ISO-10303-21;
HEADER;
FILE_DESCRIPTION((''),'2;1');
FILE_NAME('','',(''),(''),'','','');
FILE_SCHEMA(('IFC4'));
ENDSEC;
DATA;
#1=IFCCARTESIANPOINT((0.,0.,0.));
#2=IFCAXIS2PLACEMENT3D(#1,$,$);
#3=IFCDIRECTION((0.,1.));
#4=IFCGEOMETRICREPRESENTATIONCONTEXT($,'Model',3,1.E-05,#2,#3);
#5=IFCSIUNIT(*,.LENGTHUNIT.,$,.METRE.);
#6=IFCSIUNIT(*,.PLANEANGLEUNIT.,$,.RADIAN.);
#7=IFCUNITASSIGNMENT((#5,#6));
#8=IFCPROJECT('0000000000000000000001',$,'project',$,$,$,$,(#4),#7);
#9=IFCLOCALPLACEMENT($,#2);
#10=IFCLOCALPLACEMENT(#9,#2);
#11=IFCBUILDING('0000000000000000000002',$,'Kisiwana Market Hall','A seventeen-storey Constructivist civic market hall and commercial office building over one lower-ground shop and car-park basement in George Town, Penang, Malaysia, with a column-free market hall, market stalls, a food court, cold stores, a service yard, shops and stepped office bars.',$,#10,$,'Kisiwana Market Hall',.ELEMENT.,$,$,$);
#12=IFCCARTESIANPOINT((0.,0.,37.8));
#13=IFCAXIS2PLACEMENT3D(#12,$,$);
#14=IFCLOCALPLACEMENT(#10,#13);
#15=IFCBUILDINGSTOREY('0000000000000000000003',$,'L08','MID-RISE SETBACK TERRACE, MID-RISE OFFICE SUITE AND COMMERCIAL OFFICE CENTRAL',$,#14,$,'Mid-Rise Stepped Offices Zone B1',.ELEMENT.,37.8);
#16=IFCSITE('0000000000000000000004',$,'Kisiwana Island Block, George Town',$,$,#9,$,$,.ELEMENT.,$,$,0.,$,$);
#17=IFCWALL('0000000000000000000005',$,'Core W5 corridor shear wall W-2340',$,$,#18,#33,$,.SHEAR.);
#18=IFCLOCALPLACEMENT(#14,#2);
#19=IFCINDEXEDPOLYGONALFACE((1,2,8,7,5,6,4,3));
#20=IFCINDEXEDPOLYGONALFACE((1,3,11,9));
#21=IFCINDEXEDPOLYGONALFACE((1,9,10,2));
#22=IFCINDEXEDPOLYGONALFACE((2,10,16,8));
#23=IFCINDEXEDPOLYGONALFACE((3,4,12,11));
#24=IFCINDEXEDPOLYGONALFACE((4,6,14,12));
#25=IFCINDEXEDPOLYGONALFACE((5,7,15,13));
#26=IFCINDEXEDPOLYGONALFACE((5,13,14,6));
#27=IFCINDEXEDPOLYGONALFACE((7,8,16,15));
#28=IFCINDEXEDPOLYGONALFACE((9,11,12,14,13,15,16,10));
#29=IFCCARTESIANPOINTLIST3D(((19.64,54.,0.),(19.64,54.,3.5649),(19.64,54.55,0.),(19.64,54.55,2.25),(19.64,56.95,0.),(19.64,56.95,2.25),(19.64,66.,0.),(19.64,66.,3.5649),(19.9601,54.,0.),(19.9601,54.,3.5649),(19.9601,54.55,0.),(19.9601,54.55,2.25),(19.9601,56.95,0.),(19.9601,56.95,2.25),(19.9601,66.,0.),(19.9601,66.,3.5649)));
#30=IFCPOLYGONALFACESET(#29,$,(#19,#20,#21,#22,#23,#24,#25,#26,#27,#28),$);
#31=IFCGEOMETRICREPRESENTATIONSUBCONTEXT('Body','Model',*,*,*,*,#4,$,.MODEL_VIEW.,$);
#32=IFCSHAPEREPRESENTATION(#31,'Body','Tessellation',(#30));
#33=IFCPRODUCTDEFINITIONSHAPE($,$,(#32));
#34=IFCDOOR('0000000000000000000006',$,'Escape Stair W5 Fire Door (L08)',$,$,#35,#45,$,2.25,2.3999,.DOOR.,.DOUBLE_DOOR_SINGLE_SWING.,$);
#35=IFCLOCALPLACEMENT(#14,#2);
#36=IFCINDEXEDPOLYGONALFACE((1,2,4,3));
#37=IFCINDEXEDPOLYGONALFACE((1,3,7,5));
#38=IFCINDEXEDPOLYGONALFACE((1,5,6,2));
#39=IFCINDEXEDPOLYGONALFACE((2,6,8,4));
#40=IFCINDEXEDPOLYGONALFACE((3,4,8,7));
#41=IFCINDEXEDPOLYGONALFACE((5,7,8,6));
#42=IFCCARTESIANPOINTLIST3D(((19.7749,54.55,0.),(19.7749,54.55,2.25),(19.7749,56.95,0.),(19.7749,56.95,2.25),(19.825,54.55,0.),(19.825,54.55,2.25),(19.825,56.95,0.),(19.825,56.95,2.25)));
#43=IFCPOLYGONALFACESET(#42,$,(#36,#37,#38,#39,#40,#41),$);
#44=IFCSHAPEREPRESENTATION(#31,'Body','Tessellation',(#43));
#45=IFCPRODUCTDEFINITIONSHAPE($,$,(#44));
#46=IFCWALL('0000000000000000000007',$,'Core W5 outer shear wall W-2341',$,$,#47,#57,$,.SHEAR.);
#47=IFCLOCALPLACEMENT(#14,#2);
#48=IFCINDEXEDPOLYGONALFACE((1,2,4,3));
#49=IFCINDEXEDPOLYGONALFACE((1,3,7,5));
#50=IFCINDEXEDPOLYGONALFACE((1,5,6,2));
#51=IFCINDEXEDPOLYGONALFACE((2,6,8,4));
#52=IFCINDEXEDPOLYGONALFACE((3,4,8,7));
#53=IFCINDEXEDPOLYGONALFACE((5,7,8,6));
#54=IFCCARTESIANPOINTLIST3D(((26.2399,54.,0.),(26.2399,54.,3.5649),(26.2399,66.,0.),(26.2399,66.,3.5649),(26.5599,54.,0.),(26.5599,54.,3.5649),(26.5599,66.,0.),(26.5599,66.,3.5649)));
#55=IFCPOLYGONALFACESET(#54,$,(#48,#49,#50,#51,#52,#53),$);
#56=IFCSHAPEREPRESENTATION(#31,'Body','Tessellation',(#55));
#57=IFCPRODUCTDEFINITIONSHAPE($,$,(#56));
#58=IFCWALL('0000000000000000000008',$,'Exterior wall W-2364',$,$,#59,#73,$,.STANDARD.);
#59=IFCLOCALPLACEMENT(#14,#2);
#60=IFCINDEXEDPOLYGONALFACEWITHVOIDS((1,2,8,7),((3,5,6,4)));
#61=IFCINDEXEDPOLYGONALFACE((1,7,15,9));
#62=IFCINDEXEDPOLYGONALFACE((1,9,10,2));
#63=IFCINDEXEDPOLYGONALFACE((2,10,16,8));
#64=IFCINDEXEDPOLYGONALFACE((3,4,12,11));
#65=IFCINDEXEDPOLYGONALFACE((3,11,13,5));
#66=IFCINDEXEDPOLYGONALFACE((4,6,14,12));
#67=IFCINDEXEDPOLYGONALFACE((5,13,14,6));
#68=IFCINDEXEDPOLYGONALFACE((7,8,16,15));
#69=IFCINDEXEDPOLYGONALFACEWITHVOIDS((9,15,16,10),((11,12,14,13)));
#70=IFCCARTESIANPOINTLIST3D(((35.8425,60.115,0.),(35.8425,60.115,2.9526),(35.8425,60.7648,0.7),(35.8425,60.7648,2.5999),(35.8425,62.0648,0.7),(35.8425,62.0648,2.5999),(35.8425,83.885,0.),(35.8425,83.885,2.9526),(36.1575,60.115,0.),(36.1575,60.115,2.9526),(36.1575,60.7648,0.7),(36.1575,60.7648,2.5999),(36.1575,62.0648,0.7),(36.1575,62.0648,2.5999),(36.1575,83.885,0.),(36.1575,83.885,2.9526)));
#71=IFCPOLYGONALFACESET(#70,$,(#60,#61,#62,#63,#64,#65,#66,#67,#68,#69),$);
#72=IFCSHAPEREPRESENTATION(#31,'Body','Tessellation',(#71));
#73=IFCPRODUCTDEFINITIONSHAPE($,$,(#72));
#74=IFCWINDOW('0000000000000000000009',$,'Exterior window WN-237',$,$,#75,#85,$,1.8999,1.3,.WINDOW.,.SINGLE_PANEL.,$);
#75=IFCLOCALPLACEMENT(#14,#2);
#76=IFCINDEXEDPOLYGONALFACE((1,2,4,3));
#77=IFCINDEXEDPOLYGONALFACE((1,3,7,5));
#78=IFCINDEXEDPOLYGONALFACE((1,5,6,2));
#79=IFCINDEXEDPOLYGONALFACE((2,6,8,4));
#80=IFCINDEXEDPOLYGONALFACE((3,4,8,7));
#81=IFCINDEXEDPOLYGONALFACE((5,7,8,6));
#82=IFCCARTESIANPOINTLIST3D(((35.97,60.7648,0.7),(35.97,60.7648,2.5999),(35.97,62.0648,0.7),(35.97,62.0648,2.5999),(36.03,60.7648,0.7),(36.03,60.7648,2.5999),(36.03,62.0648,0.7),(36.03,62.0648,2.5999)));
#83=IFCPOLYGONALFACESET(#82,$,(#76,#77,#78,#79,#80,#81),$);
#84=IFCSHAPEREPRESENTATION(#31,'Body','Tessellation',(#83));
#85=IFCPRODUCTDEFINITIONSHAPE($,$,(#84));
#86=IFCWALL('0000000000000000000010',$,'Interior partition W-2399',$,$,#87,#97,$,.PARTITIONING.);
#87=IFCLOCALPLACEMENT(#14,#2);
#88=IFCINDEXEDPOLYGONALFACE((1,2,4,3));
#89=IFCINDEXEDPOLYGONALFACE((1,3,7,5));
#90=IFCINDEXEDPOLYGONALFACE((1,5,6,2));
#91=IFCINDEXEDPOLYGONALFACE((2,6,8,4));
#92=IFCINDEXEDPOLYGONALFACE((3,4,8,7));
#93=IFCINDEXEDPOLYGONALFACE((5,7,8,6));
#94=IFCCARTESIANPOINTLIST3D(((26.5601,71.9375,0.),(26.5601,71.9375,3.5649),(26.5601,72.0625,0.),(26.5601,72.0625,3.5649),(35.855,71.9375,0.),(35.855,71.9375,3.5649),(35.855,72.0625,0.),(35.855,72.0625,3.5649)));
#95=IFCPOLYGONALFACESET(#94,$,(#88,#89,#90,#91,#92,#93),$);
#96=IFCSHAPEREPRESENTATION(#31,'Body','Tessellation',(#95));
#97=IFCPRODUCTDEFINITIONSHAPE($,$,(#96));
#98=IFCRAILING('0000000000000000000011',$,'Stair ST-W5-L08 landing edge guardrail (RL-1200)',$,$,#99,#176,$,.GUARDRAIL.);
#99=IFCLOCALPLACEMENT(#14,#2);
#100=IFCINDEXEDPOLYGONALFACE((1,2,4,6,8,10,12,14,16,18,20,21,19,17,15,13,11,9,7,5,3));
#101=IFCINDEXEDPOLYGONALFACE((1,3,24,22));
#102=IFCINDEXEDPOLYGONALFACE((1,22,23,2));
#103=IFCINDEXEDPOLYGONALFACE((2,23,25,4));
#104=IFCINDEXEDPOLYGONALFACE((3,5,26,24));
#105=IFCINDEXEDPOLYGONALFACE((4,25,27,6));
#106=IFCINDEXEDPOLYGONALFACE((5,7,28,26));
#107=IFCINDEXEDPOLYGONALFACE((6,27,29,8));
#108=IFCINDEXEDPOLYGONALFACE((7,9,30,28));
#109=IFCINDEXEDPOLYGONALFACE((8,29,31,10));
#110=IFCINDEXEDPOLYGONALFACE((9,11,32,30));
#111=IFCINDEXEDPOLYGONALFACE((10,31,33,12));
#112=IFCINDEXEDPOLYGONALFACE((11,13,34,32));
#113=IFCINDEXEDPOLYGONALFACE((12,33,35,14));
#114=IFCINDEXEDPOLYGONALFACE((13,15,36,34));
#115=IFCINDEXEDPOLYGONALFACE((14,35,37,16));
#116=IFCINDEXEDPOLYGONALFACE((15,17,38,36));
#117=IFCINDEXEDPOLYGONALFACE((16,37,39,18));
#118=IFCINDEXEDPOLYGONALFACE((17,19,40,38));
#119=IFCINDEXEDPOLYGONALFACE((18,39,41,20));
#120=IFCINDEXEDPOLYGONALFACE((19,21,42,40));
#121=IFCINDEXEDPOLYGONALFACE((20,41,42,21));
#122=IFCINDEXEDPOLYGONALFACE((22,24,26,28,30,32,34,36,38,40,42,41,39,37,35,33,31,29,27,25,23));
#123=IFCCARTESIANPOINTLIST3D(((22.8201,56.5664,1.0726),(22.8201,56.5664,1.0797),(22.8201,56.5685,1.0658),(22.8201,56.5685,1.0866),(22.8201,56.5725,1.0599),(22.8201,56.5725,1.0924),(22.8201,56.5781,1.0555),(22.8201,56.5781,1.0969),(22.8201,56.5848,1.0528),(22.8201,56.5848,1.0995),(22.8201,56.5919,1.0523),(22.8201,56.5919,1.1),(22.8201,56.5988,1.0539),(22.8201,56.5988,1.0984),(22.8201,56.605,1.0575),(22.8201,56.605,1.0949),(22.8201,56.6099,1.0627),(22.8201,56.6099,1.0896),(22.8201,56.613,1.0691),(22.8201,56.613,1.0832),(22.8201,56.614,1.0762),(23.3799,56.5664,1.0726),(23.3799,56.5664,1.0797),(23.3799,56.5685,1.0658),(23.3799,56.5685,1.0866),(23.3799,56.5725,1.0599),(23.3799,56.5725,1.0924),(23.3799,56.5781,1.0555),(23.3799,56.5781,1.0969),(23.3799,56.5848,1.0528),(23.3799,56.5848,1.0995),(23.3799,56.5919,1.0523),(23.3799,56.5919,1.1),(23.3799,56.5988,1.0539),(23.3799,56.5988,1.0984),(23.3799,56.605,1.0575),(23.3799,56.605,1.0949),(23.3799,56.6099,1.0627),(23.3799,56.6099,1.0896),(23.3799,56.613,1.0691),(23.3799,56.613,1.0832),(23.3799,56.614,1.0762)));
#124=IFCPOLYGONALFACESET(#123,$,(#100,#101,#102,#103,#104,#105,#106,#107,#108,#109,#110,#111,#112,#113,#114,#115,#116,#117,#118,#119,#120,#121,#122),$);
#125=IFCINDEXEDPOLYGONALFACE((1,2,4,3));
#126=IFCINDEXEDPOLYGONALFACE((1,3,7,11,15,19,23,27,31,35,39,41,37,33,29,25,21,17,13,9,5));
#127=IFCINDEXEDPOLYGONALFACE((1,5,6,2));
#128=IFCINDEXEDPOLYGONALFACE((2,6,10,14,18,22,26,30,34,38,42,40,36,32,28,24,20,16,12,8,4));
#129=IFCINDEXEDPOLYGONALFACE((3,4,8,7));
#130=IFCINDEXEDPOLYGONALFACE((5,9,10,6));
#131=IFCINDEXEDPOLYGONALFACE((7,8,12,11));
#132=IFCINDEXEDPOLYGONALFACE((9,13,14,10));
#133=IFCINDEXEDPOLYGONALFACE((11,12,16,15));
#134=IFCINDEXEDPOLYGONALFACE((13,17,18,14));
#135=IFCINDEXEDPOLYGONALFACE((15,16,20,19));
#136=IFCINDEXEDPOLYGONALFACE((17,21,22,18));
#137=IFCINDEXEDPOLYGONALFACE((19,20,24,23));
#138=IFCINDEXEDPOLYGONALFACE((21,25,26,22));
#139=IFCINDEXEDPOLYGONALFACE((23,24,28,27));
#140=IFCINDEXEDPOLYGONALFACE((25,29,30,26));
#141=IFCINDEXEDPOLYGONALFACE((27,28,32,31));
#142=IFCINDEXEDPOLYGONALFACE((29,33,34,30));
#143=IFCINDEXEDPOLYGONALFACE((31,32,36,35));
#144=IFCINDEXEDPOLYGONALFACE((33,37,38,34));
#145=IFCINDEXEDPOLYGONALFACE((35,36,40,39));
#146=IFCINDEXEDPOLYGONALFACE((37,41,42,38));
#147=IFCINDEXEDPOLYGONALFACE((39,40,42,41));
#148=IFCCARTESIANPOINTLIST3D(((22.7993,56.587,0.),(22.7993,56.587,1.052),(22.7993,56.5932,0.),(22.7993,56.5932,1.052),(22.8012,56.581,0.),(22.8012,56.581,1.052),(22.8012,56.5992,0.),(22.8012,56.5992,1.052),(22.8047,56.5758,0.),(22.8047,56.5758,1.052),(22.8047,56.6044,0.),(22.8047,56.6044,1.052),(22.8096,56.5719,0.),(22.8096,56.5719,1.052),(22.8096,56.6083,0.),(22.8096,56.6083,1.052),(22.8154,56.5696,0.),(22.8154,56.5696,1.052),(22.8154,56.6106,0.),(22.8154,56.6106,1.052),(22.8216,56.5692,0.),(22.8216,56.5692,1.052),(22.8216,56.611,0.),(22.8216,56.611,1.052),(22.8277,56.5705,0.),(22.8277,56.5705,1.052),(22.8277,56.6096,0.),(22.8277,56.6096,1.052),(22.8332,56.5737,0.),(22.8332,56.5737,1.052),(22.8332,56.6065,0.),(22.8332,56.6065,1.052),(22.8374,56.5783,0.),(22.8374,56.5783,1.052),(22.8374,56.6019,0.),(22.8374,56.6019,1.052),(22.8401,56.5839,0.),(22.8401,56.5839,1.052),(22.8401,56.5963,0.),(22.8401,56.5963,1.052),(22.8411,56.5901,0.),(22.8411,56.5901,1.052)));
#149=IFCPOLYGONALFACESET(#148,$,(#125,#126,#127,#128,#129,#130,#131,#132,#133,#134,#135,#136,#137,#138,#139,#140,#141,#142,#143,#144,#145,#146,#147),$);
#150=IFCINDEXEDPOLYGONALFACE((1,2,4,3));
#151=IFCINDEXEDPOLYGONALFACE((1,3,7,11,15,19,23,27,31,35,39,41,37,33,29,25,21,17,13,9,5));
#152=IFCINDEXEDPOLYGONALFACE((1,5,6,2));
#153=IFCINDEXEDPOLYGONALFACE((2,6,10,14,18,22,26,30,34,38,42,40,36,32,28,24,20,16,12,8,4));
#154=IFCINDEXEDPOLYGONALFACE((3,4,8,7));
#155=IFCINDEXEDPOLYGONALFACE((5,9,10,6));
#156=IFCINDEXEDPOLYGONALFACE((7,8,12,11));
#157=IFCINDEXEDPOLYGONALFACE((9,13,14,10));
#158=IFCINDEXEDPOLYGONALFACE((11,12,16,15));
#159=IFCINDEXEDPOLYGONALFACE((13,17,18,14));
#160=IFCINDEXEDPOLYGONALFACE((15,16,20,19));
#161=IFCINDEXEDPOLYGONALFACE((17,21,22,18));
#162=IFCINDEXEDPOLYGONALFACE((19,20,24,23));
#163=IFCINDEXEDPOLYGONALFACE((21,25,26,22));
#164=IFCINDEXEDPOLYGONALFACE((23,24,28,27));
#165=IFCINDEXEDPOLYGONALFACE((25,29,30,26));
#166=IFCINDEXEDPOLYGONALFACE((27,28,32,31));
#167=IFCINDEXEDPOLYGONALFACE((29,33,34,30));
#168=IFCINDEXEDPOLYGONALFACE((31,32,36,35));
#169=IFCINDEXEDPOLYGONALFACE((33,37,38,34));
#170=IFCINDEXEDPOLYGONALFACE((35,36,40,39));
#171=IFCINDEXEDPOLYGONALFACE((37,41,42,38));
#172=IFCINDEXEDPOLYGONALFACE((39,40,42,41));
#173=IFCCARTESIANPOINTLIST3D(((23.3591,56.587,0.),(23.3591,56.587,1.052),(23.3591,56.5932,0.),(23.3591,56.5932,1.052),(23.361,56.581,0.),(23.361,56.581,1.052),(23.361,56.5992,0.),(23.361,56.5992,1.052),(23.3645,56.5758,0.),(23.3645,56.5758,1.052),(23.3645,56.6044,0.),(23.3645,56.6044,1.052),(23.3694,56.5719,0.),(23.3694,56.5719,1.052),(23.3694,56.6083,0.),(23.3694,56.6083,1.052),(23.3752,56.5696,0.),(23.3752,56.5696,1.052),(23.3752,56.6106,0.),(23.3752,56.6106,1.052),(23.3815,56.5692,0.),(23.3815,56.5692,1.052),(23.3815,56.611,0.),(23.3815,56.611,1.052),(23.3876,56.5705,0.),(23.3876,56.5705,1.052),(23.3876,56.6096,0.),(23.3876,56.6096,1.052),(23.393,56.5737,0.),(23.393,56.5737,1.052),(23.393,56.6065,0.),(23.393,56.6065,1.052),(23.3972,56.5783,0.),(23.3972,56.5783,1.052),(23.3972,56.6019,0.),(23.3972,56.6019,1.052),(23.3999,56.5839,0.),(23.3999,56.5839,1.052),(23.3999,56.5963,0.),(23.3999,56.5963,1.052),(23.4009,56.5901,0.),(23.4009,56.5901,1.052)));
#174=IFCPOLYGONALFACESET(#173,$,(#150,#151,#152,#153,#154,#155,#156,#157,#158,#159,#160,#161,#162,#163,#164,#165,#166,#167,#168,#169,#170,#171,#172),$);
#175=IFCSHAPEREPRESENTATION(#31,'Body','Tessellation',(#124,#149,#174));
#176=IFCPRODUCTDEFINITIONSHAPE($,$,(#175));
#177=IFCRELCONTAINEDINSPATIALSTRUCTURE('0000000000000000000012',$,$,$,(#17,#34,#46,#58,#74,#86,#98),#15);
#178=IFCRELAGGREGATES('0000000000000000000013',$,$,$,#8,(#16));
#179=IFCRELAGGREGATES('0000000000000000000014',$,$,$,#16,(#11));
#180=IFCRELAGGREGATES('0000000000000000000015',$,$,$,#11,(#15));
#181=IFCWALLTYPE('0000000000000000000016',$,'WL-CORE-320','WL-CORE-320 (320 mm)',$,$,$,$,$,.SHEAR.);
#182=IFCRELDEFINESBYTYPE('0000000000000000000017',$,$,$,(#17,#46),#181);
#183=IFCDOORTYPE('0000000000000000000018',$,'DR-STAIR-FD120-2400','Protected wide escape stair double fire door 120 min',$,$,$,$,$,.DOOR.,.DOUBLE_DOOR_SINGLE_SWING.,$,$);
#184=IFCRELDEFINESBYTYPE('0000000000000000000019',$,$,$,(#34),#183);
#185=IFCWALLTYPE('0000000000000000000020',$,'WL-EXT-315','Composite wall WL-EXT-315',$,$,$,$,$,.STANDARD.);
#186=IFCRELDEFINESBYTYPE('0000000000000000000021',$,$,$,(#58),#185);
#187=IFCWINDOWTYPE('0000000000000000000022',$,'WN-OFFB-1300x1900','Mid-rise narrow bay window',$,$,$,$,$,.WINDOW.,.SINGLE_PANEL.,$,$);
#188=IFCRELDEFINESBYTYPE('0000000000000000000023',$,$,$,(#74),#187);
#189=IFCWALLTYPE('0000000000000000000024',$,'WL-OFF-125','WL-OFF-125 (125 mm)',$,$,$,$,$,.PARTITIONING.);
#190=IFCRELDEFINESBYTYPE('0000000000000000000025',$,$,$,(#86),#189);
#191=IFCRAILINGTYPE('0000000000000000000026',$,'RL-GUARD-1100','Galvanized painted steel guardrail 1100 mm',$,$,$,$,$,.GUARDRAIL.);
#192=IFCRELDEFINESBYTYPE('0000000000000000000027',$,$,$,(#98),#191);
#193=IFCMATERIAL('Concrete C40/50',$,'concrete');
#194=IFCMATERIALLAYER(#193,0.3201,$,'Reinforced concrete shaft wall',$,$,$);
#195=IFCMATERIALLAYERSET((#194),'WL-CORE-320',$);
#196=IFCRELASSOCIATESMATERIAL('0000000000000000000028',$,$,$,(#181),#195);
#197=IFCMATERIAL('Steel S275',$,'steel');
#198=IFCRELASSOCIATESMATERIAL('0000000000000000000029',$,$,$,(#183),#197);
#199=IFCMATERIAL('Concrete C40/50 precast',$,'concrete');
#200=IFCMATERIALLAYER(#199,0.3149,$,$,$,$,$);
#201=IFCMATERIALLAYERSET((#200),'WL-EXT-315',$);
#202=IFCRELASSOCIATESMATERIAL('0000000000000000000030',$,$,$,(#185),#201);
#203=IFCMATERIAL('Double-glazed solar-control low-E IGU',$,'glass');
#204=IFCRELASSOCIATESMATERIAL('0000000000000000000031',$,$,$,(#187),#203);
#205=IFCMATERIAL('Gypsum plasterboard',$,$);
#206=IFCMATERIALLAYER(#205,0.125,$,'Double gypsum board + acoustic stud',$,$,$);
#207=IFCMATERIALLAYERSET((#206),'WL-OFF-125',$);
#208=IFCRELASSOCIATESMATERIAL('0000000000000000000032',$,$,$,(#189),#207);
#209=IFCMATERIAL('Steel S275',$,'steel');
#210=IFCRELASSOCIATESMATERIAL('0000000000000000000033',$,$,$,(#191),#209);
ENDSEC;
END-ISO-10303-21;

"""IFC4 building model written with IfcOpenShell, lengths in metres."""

from ifc_helpers import new_model, si_unit, direction, frame, frame_2d, origin, origin_2d, place, context, subcontext, project, spatial, rectangle, circle, extrude, material, layer, layer_set, type_object, element, fill, save


model = new_model("IFC4")

# Units and contexts
model_context = context("Model", 3, precision=1e-05, world=origin(), true_north=direction((0.0, 1.0)))
body_context = subcontext(model_context, "Body", "Model", "MODEL_VIEW")
ifc_project = project(units=[si_unit("LENGTHUNIT", "METRE"), si_unit("PLANEANGLEUNIT", "RADIAN")], contexts=[model_context])

# Site, building, storey
site_placement = place(None, origin())
site = spatial("IfcSite", under=ifc_project, at=site_placement, Name="Kisiwana Island Block, George Town", CompositionType="ELEMENT", RefElevation=0.0)
building_placement = place(site_placement, origin())
building = spatial("IfcBuilding", under=site, at=building_placement, Name="Kisiwana Market Hall", Description="A seventeen-storey Constructivist civic market hall and commercial office building over one lower-ground shop and car-park basement in George Town, Penang, Malaysia, with a column-free market hall, market stalls, a food court, cold stores, a service yard, shops and stepped office bars.", LongName="Kisiwana Market Hall", CompositionType="ELEMENT")
storey_placement = place(building_placement, frame((0.0, 0.0, 37.8)))
storey = spatial("IfcBuildingStorey", under=building, at=storey_placement, Name="L08", Description="MID-RISE SETBACK TERRACE, MID-RISE OFFICE SUITE AND COMMERCIAL OFFICE CENTRAL", LongName="Mid-Rise Stepped Offices Zone B1", CompositionType="ELEMENT", Elevation=37.8)

# Shared definitions
ifc_material_1 = material(Name="Concrete C40/50", Category="concrete")
ifc_layer_1 = layer(ifc_material_1, 0.3201, Name="Reinforced concrete shaft wall")
ifc_layer_set_1 = layer_set([ifc_layer_1], Name="WL-CORE-320")
wall_type_1 = type_object("IfcWallType", Name="WL-CORE-320", Description="WL-CORE-320 (320 mm)", PredefinedType="SHEAR", material=ifc_layer_set_1)

# Shared definitions
ifc_material_2 = material(Name="Steel S275", Category="steel")
door_type = type_object("IfcDoorType", Name="DR-STAIR-FD120-2400", Description="Protected wide escape stair double fire door 120 min", OperationType="DOUBLE_DOOR_SINGLE_SWING", PredefinedType="DOOR", material=ifc_material_2)

# Wall, opening, door
wall_1_placement = place(storey_placement, frame((19.8, 54.0, 0.0), z_axis=(0.0, 0.0, 1.0), x_axis=(0.0, 1.0, 0.0)))
wall_1 = element("IfcWall", 1, at=wall_1_placement, inside=storey, type_object=wall_type_1, Name="Core W5 corridor shear wall W-2340", PredefinedType="SHEAR", context=body_context, shape_type="SweptSolid", body=[
    extrude(rectangle(XDim=12.0, YDim=0.3201, at=frame_2d((6.0, 0.0))), origin(), (0.0, 0.0, 1.0), 3.5649),
])
opening_1_placement = place(wall_1_placement, frame((0.55, 0.0, 0.0)))
opening_1 = element("IfcOpeningElement", 2, at=opening_1_placement, cuts=wall_1, PredefinedType="OPENING", context=body_context, shape_type="SweptSolid", body=[
    extrude(rectangle(XDim=2.3999, YDim=2.25, at=frame_2d((1.2, 1.125))), frame((0.0, 0.1719, 0.0), z_axis=(0.0, -1.0, 0.0), x_axis=(1.0, 0.0, 0.0)), (0.0, 0.0, 1.0), 0.344),
])
door_1_placement = place(opening_1_placement, frame((2.3999, 0.0, 0.0), z_axis=(0.0, 0.0, 1.0), x_axis=(-1.0, 0.0, 0.0)))
door_1 = element("IfcDoor", 3, at=door_1_placement, inside=storey, type_object=door_type, Name="Escape Stair W5 Fire Door (L08)", OperationType="DOUBLE_DOOR_SINGLE_SWING", OverallHeight=2.25, OverallWidth=2.3999, PredefinedType="DOOR", context=body_context, shape_type="SweptSolid", body=[
    extrude(rectangle(XDim=2.3999, YDim=2.25, at=frame_2d((1.2, 1.125))), frame((0.0, 0.0249, 0.0), z_axis=(0.0, -1.0, 0.0), x_axis=(1.0, 0.0, 0.0)), (0.0, 0.0, 1.0), 0.05),
])
fill(opening_1, door_1)

# Wall
wall_2_placement = place(storey_placement, frame((26.3999, 54.0, 0.0), z_axis=(0.0, 0.0, 1.0), x_axis=(0.0, 1.0, 0.0)))
element("IfcWall", 4, at=wall_2_placement, inside=storey, type_object=wall_type_1, Name="Core W5 outer shear wall W-2341", PredefinedType="SHEAR", context=body_context, shape_type="SweptSolid", body=[
    extrude(rectangle(XDim=12.0, YDim=0.3201, at=frame_2d((6.0, 0.0))), origin(), (0.0, 0.0, 1.0), 3.5649),
])

# Wall, opening, window
ifc_material_3 = material(Name="Concrete C40/50 precast", Category="concrete")
ifc_layer_2 = layer(ifc_material_3, 0.3149)
ifc_layer_set_2 = layer_set([ifc_layer_2], Name="WL-EXT-315")
wall_type_2 = type_object("IfcWallType", Name="WL-EXT-315", Description="Composite wall WL-EXT-315", PredefinedType="STANDARD", material=ifc_layer_set_2)
wall_3_placement = place(storey_placement, frame((36.0, 60.115, 0.0), z_axis=(0.0, 0.0, 1.0), x_axis=(0.0, 1.0, 0.0)))
wall_3 = element("IfcWall", 5, at=wall_3_placement, inside=storey, type_object=wall_type_2, Name="Exterior wall W-2364", PredefinedType="STANDARD", context=body_context, shape_type="SweptSolid", body=[
    extrude(rectangle(XDim=23.77, YDim=0.3149, at=frame_2d((11.885, 0.0))), origin(), (0.0, 0.0, 1.0), 2.9526),
])
opening_2_placement = place(wall_3_placement, frame((0.6499, 0.0, 0.7)))
opening_2 = element("IfcOpeningElement", 6, at=opening_2_placement, cuts=wall_3, PredefinedType="OPENING", context=body_context, shape_type="SweptSolid", body=[
    extrude(rectangle(XDim=1.3, YDim=1.8999, at=frame_2d((0.6499, 0.95))), frame((0.0, 0.1694, 0.0), z_axis=(0.0, -1.0, 0.0), x_axis=(1.0, 0.0, 0.0)), (0.0, 0.0, 1.0), 0.3389),
])
ifc_material_4 = material(Name="Double-glazed solar-control low-E IGU", Category="glass")
window_type = type_object("IfcWindowType", Name="WN-OFFB-1300x1900", Description="Mid-rise narrow bay window", PartitioningType="SINGLE_PANEL", PredefinedType="WINDOW", material=ifc_material_4)
window_placement = place(opening_2_placement, origin())
window = element("IfcWindow", 7, at=window_placement, inside=storey, type_object=window_type, Name="Exterior window WN-237", OverallHeight=1.8999, OverallWidth=1.3, PartitioningType="SINGLE_PANEL", PredefinedType="WINDOW", context=body_context, shape_type="SweptSolid", body=[
    extrude(rectangle(XDim=1.3, YDim=1.8999, at=frame_2d((0.6499, 0.95))), frame((0.0, 0.03, 0.0), z_axis=(0.0, -1.0, 0.0), x_axis=(1.0, 0.0, 0.0)), (0.0, 0.0, 1.0), 0.0601),
])
fill(opening_2, window)

# Wall
ifc_material_5 = material(Name="Gypsum plasterboard")
ifc_layer_3 = layer(ifc_material_5, 0.125, Name="Double gypsum board + acoustic stud")
ifc_layer_set_3 = layer_set([ifc_layer_3], Name="WL-OFF-125")
wall_type_3 = type_object("IfcWallType", Name="WL-OFF-125", Description="WL-OFF-125 (125 mm)", PredefinedType="PARTITIONING", material=ifc_layer_set_3)
wall_4_placement = place(storey_placement, frame((26.5601, 72.0, 0.0), z_axis=(0.0, 0.0, 1.0), x_axis=(1.0, 0.0, 0.0)))
element("IfcWall", 8, at=wall_4_placement, inside=storey, type_object=wall_type_3, Name="Interior partition W-2399", PredefinedType="PARTITIONING", context=body_context, shape_type="SweptSolid", body=[
    extrude(rectangle(XDim=9.2949, YDim=0.125, at=frame_2d((4.6475, 0.0))), origin(), (0.0, 0.0, 1.0), 3.5649),
])

# Railing
ifc_material_6 = material(Name="Steel S275", Category="steel")
railing_type_1 = type_object("IfcRailingType", Name="RL-GUARD-1100", Description="Galvanized painted steel guardrail 1100 mm", PredefinedType="GUARDRAIL", material=ifc_material_6)
railing_1_placement = place(storey_placement, frame((22.8201, 56.5901, 0.0)))
element("IfcRailing", 9, at=railing_1_placement, inside=storey, type_object=railing_type_1, Name="Stair ST-W5-L08 landing edge guardrail (RL-1200)", PredefinedType="GUARDRAIL", context=body_context, shape_type="SweptSolid", body=[
    extrude(circle(Radius=0.0239, at=origin_2d()), frame((0.0, 0.0, 1.0762), z_axis=(1.0, 0.0, 0.0), x_axis=(0.0, 1.0, 0.0)), (0.0, 0.0, 1.0), 0.5598),
    extrude(circle(Radius=0.021, at=origin_2d()), origin(), (0.0, 0.0, 1.0), 1.052),
    extrude(circle(Radius=0.021, at=origin_2d()), frame((0.5598, 0.0, 0.0)), (0.0, 0.0, 1.0), 1.052),
])

save(model, "model.ifc")
